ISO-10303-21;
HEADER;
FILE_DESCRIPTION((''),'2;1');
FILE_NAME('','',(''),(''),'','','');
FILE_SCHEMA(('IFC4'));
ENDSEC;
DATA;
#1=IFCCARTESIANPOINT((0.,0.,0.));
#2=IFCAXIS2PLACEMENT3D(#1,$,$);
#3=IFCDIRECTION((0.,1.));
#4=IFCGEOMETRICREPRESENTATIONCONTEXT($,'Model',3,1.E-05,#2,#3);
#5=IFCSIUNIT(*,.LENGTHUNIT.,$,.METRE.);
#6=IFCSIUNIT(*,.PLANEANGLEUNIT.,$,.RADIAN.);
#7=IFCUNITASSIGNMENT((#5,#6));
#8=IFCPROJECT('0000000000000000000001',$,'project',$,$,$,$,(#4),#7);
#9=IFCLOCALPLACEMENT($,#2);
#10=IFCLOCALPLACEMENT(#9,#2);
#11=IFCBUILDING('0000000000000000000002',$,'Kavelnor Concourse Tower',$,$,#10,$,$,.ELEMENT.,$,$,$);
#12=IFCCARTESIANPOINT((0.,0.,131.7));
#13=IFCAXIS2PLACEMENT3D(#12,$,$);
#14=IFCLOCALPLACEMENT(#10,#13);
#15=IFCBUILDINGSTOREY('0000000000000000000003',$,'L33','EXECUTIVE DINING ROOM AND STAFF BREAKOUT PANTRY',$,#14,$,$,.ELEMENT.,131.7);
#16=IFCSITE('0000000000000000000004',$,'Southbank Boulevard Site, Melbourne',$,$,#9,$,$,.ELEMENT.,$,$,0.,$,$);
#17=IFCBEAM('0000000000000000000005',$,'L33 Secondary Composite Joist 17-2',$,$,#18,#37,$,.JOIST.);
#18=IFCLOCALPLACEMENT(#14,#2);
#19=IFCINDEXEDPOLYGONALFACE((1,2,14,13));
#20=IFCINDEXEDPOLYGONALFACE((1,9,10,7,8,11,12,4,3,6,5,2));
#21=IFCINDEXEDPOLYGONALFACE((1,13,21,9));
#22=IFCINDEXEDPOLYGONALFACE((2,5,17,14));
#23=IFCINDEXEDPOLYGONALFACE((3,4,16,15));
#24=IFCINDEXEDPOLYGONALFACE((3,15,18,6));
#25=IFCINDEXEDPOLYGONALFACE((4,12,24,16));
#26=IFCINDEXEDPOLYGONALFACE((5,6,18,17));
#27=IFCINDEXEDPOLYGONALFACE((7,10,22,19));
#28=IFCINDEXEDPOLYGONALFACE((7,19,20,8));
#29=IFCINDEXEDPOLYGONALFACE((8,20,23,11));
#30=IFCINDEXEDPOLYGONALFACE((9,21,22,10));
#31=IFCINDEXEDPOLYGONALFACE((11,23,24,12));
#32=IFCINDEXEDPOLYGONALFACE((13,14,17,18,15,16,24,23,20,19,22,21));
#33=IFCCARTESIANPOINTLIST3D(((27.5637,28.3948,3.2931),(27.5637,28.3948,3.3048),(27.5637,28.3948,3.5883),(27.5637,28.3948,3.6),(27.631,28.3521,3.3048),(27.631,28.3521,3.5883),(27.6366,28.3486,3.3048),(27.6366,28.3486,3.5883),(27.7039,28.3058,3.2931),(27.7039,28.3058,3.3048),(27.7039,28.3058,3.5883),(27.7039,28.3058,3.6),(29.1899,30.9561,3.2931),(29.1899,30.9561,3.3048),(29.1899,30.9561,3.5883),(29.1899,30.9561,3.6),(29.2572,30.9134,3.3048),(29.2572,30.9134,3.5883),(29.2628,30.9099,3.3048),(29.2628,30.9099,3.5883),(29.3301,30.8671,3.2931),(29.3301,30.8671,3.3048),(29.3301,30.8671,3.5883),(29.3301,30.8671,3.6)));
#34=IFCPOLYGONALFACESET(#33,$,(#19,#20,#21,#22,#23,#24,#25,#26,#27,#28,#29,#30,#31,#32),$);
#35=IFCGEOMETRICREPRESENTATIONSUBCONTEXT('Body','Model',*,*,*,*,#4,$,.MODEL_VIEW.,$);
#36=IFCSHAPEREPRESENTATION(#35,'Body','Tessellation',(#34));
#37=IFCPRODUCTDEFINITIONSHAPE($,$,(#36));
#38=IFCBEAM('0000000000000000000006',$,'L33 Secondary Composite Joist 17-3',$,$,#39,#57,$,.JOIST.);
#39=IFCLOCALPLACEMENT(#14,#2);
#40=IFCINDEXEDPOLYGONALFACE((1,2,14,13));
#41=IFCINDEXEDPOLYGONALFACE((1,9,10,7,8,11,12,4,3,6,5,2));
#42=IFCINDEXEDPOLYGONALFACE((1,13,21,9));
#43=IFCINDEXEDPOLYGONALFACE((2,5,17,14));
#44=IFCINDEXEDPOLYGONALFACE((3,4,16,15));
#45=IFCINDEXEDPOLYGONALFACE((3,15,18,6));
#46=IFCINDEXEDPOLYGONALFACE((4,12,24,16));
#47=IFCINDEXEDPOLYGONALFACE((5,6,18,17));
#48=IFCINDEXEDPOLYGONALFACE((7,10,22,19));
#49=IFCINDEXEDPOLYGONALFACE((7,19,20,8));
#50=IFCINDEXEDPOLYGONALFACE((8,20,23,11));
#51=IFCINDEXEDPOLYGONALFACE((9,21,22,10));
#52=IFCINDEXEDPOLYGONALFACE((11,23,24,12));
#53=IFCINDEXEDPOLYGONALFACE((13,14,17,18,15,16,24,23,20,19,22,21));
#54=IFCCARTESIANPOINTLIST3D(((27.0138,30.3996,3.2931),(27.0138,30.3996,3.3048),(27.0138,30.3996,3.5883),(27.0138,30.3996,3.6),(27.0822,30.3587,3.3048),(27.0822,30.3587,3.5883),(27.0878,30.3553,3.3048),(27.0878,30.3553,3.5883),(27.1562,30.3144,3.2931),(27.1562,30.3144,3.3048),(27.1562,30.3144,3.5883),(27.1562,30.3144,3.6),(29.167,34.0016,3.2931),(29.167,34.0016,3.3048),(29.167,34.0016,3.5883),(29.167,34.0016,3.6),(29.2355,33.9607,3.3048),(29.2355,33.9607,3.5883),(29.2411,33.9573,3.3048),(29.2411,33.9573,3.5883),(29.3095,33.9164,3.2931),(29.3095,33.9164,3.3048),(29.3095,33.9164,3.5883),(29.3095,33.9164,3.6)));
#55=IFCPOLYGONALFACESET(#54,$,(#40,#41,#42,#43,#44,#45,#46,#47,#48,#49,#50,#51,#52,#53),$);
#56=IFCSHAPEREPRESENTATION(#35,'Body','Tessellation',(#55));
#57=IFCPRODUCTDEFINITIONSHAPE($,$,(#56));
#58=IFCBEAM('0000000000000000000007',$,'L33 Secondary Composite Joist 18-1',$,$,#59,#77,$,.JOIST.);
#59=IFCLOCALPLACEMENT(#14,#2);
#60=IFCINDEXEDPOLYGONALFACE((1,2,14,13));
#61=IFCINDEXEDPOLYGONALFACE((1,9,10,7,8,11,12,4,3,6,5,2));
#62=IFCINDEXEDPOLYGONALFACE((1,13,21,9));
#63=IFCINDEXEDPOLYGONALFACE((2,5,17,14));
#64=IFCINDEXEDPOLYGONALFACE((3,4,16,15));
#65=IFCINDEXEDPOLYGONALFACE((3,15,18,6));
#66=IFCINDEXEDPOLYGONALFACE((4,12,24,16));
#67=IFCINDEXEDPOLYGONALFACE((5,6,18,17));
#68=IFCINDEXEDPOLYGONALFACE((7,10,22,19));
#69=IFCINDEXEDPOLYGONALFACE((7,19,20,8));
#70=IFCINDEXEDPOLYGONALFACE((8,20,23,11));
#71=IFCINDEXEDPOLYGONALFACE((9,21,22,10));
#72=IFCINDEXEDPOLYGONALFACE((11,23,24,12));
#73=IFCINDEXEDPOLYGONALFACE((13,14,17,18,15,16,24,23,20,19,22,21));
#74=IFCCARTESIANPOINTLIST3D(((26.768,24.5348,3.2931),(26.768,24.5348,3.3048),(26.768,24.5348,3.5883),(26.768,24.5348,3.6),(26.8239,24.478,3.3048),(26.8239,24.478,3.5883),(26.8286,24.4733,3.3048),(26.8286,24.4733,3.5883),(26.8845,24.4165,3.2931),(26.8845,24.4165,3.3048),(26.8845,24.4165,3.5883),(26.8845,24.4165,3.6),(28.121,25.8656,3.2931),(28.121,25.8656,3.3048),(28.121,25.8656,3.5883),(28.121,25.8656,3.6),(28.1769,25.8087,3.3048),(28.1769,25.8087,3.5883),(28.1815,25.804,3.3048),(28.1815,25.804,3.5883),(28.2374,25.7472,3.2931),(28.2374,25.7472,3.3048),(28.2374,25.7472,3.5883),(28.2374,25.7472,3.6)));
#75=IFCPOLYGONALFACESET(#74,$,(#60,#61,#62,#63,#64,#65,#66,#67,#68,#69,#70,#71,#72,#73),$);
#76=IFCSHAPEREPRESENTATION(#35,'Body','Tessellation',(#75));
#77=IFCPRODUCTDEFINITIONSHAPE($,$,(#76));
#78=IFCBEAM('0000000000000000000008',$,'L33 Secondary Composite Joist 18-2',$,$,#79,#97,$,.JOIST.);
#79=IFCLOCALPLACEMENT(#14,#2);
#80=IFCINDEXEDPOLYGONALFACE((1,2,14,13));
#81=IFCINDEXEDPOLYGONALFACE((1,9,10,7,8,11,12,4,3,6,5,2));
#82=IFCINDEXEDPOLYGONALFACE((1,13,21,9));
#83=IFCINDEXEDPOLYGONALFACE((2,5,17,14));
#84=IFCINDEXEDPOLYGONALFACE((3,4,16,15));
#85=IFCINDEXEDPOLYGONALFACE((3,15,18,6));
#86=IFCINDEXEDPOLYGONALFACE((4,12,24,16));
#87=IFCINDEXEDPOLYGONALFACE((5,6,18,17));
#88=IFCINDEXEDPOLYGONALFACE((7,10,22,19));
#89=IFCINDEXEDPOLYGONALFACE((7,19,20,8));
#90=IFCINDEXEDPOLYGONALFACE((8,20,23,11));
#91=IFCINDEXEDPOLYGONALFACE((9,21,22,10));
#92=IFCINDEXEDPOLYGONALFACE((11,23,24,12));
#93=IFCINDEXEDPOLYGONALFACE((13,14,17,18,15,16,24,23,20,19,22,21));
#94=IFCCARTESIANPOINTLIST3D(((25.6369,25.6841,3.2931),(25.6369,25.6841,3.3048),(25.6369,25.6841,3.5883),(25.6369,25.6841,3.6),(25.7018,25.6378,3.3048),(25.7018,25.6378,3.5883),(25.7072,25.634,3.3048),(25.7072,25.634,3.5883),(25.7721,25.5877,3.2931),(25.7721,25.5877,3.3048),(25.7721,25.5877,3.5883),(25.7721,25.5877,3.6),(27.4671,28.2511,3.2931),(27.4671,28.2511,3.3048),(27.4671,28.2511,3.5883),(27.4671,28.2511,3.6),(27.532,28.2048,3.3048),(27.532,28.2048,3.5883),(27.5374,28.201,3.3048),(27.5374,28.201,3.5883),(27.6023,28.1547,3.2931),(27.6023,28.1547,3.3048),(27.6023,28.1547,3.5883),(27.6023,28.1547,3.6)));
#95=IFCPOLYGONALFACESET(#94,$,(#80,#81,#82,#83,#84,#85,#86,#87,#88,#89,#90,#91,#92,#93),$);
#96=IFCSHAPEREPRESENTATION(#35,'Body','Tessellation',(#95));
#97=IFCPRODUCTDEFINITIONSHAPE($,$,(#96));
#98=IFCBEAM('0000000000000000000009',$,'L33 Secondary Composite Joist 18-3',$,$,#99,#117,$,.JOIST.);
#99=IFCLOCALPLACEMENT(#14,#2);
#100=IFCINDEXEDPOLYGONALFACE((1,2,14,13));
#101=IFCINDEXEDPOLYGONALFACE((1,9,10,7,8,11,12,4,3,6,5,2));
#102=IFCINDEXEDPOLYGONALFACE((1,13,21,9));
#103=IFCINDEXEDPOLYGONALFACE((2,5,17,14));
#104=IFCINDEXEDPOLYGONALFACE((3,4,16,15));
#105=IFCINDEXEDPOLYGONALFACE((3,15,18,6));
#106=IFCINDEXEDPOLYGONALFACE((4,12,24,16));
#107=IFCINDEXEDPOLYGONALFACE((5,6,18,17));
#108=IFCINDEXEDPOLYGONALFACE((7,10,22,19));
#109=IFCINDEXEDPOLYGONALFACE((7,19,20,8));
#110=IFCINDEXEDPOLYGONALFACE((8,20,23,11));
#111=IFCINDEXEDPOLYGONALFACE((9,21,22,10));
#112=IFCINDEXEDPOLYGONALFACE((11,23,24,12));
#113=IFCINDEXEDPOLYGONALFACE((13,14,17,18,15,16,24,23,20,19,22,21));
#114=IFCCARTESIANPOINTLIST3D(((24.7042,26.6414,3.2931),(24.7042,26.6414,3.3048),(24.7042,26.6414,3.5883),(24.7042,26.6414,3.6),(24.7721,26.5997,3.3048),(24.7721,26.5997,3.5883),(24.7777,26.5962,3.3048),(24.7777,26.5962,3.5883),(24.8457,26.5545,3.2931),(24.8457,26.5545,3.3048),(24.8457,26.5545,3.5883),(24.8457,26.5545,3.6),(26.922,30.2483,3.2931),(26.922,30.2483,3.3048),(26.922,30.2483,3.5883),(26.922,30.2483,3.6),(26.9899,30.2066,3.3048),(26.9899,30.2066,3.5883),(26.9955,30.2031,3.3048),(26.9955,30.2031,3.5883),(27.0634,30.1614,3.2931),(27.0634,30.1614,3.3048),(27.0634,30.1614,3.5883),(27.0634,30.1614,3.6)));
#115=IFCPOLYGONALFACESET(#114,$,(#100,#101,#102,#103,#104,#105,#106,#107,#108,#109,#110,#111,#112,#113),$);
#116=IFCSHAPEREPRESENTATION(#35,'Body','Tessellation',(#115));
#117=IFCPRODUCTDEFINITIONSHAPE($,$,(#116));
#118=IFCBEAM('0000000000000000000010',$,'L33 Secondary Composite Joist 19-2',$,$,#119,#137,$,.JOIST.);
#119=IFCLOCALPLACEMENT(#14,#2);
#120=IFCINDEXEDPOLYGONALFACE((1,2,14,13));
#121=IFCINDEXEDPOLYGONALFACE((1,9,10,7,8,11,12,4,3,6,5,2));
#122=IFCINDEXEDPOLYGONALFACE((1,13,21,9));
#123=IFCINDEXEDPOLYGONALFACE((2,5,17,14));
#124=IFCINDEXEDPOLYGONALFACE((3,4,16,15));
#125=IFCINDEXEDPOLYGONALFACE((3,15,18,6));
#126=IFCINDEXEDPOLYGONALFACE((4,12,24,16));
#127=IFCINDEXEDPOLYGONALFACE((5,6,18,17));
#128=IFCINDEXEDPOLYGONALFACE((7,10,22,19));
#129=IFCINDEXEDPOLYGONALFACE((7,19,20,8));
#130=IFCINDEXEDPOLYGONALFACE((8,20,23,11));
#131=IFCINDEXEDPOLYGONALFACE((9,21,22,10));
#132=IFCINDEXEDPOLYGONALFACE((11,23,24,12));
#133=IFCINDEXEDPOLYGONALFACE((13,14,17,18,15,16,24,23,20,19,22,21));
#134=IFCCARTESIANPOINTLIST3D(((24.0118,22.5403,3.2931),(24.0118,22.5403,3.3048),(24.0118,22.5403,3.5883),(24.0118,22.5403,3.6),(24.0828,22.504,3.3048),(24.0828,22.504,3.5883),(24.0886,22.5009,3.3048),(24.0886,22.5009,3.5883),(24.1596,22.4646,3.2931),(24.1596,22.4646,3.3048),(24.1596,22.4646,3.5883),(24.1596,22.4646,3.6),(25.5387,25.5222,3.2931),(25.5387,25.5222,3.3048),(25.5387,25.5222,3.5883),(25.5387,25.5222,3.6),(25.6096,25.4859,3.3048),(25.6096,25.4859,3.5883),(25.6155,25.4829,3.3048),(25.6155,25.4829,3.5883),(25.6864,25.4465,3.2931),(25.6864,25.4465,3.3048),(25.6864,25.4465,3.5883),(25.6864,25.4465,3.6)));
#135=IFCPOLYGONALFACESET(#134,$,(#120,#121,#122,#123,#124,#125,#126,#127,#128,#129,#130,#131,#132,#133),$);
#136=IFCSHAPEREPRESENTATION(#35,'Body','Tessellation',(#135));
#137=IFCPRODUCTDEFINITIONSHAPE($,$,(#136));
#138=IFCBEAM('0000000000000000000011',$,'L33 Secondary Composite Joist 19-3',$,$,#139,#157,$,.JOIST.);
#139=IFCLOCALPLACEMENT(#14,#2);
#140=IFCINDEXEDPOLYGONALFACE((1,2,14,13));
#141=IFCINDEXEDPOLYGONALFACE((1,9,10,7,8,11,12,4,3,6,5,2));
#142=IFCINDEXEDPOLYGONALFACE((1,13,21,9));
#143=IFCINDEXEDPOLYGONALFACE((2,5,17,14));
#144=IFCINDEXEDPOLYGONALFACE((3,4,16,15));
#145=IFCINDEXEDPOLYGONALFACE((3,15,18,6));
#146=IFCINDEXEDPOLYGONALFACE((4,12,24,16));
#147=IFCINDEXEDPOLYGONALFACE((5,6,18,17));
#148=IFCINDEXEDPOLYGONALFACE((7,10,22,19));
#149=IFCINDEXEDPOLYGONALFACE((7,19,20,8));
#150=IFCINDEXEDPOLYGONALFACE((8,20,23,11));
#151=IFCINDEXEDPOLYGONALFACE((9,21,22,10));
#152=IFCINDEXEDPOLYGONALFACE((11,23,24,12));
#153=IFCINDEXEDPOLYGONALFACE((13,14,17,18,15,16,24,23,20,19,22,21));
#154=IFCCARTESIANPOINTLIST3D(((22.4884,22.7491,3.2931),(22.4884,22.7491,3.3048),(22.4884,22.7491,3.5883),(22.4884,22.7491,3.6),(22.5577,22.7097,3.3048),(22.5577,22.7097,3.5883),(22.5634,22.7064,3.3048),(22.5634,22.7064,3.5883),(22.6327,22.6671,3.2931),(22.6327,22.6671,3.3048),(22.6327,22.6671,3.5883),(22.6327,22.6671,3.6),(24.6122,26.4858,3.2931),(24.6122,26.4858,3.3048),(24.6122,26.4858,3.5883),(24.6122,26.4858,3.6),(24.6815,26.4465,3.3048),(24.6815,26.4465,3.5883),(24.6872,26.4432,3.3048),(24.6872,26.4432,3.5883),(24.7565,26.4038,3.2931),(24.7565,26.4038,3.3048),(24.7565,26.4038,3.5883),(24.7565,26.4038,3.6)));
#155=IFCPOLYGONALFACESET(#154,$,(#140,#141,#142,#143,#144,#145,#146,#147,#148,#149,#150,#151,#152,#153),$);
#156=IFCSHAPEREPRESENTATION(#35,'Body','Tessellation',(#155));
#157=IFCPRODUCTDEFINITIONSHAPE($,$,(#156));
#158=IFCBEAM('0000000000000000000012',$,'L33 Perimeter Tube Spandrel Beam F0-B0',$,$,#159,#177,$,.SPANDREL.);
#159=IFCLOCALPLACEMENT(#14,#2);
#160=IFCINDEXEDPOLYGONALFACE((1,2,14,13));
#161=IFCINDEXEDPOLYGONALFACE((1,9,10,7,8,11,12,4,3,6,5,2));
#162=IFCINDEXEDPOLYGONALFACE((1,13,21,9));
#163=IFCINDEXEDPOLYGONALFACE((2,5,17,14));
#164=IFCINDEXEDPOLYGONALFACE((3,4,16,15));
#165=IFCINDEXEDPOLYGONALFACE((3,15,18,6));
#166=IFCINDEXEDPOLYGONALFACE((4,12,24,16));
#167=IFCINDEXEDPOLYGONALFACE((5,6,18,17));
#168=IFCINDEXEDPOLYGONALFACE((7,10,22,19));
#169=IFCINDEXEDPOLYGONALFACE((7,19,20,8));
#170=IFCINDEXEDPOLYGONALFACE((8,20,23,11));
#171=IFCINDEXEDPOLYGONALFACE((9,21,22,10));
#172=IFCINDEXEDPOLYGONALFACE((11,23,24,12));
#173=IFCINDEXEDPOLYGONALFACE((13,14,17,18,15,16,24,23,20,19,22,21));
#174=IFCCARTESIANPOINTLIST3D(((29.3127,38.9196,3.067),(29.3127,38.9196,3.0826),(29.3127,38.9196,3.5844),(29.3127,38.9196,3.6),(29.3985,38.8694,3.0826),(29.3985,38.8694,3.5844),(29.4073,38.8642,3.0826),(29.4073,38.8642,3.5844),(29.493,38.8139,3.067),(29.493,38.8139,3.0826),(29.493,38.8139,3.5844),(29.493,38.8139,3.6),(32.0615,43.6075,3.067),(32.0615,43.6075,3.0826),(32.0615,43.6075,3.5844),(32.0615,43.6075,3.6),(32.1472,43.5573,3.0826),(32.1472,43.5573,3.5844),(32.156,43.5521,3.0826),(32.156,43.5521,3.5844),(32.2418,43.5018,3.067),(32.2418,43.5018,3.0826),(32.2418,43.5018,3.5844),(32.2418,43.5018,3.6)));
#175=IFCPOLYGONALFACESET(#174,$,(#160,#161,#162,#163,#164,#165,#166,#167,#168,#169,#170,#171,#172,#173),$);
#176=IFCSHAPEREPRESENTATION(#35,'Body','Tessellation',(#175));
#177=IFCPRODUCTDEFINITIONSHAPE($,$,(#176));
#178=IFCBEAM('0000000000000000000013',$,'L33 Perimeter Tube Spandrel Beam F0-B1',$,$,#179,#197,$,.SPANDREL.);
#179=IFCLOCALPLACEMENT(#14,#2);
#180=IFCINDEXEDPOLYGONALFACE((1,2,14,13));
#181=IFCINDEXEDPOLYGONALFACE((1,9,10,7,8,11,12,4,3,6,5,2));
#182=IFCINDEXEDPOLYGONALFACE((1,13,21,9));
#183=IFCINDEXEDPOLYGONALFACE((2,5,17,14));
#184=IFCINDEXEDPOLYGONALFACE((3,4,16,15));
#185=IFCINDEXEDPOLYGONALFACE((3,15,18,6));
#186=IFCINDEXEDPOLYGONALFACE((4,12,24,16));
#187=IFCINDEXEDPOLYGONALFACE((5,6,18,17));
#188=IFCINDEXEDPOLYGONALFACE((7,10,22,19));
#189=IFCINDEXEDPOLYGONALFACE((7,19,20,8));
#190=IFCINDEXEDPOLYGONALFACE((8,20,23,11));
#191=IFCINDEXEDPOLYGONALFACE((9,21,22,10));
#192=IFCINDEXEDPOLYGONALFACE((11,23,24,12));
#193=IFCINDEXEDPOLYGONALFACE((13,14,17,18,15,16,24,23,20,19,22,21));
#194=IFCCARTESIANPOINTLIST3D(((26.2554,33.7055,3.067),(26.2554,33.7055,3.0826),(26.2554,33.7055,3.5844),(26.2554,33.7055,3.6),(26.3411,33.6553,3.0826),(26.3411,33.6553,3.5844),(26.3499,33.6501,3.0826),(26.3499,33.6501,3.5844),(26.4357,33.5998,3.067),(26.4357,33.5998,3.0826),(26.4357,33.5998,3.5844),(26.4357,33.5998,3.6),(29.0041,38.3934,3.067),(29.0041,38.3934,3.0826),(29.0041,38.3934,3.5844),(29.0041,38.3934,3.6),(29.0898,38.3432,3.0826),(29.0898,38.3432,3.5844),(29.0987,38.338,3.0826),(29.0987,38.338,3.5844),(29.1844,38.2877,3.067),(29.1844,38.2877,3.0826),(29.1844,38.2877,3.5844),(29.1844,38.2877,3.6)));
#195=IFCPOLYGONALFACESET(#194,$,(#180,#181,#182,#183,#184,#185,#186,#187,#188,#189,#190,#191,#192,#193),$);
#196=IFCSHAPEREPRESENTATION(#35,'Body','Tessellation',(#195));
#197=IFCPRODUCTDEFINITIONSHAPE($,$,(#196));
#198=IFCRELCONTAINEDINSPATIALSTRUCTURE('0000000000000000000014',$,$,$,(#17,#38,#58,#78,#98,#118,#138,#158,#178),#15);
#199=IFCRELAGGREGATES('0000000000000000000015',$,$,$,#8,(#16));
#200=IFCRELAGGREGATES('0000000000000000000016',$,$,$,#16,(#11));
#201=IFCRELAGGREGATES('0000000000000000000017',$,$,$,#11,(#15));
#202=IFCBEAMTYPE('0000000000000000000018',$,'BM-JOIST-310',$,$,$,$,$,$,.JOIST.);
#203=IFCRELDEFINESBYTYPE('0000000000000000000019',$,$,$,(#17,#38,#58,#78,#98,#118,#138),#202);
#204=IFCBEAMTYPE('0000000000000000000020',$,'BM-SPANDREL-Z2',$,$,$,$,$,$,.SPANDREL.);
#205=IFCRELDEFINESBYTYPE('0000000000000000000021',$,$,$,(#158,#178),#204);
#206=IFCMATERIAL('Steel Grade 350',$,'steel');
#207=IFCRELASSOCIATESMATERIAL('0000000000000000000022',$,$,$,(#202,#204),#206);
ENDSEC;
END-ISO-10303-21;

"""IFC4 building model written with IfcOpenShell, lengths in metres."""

from ifc_helpers import new_model, si_unit, direction, frame, origin, origin_2d, place, context, subcontext, project, spatial, i_section, extrude, material, material_profile, profile_set, type_object, element, save


model = new_model("IFC4")

# Units and contexts
model_context = context("Model", 3, precision=1e-05, world=origin(), true_north=direction((0.0, 1.0)))
body_context = subcontext(model_context, "Body", "Model", "MODEL_VIEW")
ifc_project = project(units=[si_unit("LENGTHUNIT", "METRE"), si_unit("PLANEANGLEUNIT", "RADIAN")], contexts=[model_context])

# Site, building, storey
site_placement = place(None, origin())
site = spatial("IfcSite", under=ifc_project, at=site_placement, Name="Southbank Boulevard Site, Melbourne", CompositionType="ELEMENT", RefElevation=0.0)
building_placement = place(site_placement, origin())
building = spatial("IfcBuilding", under=site, at=building_placement, Name="Kavelnor Concourse Tower", CompositionType="ELEMENT")
storey_placement = place(building_placement, frame((0.0, 0.0, 131.7)))
storey = spatial("IfcBuildingStorey", under=building, at=storey_placement, Name="L33", Description="EXECUTIVE DINING ROOM AND STAFF BREAKOUT PANTRY", CompositionType="ELEMENT", Elevation=131.7)

# Shared definitions
ifc_material_1 = material(Name="Steel Grade 350", Category="steel")

# Beams
ifc_material_profile_1 = material_profile(ifc_material_1, i_section(OverallWidth=0.166, OverallDepth=0.3069, WebThickness=0.0066, FlangeThickness=0.0117, at=origin_2d()), Name="310UB46")
ifc_profile_set_1 = profile_set([ifc_material_profile_1], Name="Steel Grade 350")
beam_type_1 = type_object("IfcBeamType", Name="BM-JOIST-310", PredefinedType="JOIST", material=ifc_profile_set_1)
beam_1_placement = place(storey_placement, frame((29.26, 30.9116, 3.4465), z_axis=(-0.536011, -0.844211, 0.0), x_axis=(0.844211, -0.536011, 0.0)))
element("IfcBeam", 1, at=beam_1_placement, inside=storey, type_object=beam_type_1, Name="L33 Secondary Composite Joist 17-2", PredefinedType="JOIST", context=body_context, shape_type="SweptSolid", body=[
    extrude(i_section(OverallWidth=0.166, OverallDepth=0.3069, WebThickness=0.0066, FlangeThickness=0.0117, at=origin_2d()), origin(), (0.0, 0.0, 1.0), 3.0339),
])
beam_2_placement = place(storey_placement, frame((29.2383, 33.959, 3.4465), z_axis=(-0.513109, -0.858323, 0.0), x_axis=(0.858323, -0.513109, 0.0)))
element("IfcBeam", 2, at=beam_2_placement, inside=storey, type_object=beam_type_1, Name="L33 Secondary Composite Joist 17-3", PredefinedType="JOIST", context=body_context, shape_type="SweptSolid", body=[
    extrude(i_section(OverallWidth=0.166, OverallDepth=0.3069, WebThickness=0.0066, FlangeThickness=0.0117, at=origin_2d()), origin(), (0.0, 0.0, 1.0), 4.1965),
])
beam_3_placement = place(storey_placement, frame((28.1792, 25.8064, 3.4465), z_axis=(-0.712936, -0.701229, 0.0), x_axis=(0.701229, -0.712936, 0.0)))
element("IfcBeam", 3, at=beam_3_placement, inside=storey, type_object=beam_type_1, Name="L33 Secondary Composite Joist 18-1", PredefinedType="JOIST", context=body_context, shape_type="SweptSolid", body=[
    extrude(i_section(OverallWidth=0.166, OverallDepth=0.3069, WebThickness=0.0066, FlangeThickness=0.0117, at=origin_2d()), origin(), (0.0, 0.0, 1.0), 1.8977),
])
beam_4_placement = place(storey_placement, frame((27.5347, 28.2029, 3.4465), z_axis=(-0.58052, -0.814246, 0.0), x_axis=(0.814246, -0.58052, 0.0)))
element("IfcBeam", 4, at=beam_4_placement, inside=storey, type_object=beam_type_1, Name="L33 Secondary Composite Joist 18-2", PredefinedType="JOIST", context=body_context, shape_type="SweptSolid", body=[
    extrude(i_section(OverallWidth=0.166, OverallDepth=0.3069, WebThickness=0.0066, FlangeThickness=0.0117, at=origin_2d()), origin(), (0.0, 0.0, 1.0), 3.1526),
])
beam_5_placement = place(storey_placement, frame((26.9927, 30.2048, 3.4465), z_axis=(-0.523776, -0.851856, 0.0), x_axis=(0.851856, -0.523776, 0.0)))
element("IfcBeam", 5, at=beam_5_placement, inside=storey, type_object=beam_type_1, Name="L33 Secondary Composite Joist 18-3", PredefinedType="JOIST", context=body_context, shape_type="SweptSolid", body=[
    extrude(i_section(OverallWidth=0.166, OverallDepth=0.3069, WebThickness=0.0066, FlangeThickness=0.0117, at=origin_2d()), origin(), (0.0, 0.0, 1.0), 4.2341),
])
beam_6_placement = place(storey_placement, frame((25.6125, 25.4844, 3.4465), z_axis=(-0.455763, -0.890101, 0.0), x_axis=(0.890101, -0.455763, 0.0)))
element("IfcBeam", 6, at=beam_6_placement, inside=storey, type_object=beam_type_1, Name="L33 Secondary Composite Joist 19-2", PredefinedType="JOIST", context=body_context, shape_type="SweptSolid", body=[
    extrude(i_section(OverallWidth=0.166, OverallDepth=0.3069, WebThickness=0.0066, FlangeThickness=0.0117, at=origin_2d()), origin(), (0.0, 0.0, 1.0), 3.3501),
])
beam_7_placement = place(storey_placement, frame((24.6843, 26.4448, 3.4465), z_axis=(-0.494113, -0.869398, 0.0), x_axis=(0.869398, -0.494113, 0.0)))
element("IfcBeam", 7, at=beam_7_placement, inside=storey, type_object=beam_type_1, Name="L33 Secondary Composite Joist 19-3", PredefinedType="JOIST", context=body_context, shape_type="SweptSolid", body=[
    extrude(i_section(OverallWidth=0.166, OverallDepth=0.3069, WebThickness=0.0066, FlangeThickness=0.0117, at=origin_2d()), origin(), (0.0, 0.0, 1.0), 4.2981),
])
ifc_material_profile_2 = material_profile(ifc_material_1, i_section(OverallWidth=0.209, OverallDepth=0.533, WebThickness=0.0103, FlangeThickness=0.0156, at=origin_2d()), Name="530UB92")
ifc_profile_set_2 = profile_set([ifc_material_profile_2], Name="Steel Grade 350")
beam_type_2 = type_object("IfcBeamType", Name="BM-SPANDREL-Z2", PredefinedType="SPANDREL", material=ifc_profile_set_2)
for number, where, z_axis, x_axis, name in (
    (8, (32.1516, 43.5547, 3.3335), (-0.505808, -0.862646, 0.0), (0.862646, -0.505808, 0.0), "L33 Perimeter Tube Spandrel Beam F0-B0"),
    (9, (29.0942, 38.3406, 3.3335), (-0.505808, -0.862646, 0.0), (0.862646, -0.505808, 0.0), "L33 Perimeter Tube Spandrel Beam F0-B1"),
):
    element("IfcBeam", number, at=place(storey_placement, frame(where, z_axis=z_axis, x_axis=x_axis)), inside=storey, type_object=beam_type_2, Name=name, PredefinedType="SPANDREL", context=body_context, shape_type="SweptSolid", body=[
        extrude(i_section(OverallWidth=0.209, OverallDepth=0.533, WebThickness=0.0103, FlangeThickness=0.0156, at=origin_2d()), origin(), (0.0, 0.0, 1.0), 5.4343),
    ])

save(model, "model.ifc")
